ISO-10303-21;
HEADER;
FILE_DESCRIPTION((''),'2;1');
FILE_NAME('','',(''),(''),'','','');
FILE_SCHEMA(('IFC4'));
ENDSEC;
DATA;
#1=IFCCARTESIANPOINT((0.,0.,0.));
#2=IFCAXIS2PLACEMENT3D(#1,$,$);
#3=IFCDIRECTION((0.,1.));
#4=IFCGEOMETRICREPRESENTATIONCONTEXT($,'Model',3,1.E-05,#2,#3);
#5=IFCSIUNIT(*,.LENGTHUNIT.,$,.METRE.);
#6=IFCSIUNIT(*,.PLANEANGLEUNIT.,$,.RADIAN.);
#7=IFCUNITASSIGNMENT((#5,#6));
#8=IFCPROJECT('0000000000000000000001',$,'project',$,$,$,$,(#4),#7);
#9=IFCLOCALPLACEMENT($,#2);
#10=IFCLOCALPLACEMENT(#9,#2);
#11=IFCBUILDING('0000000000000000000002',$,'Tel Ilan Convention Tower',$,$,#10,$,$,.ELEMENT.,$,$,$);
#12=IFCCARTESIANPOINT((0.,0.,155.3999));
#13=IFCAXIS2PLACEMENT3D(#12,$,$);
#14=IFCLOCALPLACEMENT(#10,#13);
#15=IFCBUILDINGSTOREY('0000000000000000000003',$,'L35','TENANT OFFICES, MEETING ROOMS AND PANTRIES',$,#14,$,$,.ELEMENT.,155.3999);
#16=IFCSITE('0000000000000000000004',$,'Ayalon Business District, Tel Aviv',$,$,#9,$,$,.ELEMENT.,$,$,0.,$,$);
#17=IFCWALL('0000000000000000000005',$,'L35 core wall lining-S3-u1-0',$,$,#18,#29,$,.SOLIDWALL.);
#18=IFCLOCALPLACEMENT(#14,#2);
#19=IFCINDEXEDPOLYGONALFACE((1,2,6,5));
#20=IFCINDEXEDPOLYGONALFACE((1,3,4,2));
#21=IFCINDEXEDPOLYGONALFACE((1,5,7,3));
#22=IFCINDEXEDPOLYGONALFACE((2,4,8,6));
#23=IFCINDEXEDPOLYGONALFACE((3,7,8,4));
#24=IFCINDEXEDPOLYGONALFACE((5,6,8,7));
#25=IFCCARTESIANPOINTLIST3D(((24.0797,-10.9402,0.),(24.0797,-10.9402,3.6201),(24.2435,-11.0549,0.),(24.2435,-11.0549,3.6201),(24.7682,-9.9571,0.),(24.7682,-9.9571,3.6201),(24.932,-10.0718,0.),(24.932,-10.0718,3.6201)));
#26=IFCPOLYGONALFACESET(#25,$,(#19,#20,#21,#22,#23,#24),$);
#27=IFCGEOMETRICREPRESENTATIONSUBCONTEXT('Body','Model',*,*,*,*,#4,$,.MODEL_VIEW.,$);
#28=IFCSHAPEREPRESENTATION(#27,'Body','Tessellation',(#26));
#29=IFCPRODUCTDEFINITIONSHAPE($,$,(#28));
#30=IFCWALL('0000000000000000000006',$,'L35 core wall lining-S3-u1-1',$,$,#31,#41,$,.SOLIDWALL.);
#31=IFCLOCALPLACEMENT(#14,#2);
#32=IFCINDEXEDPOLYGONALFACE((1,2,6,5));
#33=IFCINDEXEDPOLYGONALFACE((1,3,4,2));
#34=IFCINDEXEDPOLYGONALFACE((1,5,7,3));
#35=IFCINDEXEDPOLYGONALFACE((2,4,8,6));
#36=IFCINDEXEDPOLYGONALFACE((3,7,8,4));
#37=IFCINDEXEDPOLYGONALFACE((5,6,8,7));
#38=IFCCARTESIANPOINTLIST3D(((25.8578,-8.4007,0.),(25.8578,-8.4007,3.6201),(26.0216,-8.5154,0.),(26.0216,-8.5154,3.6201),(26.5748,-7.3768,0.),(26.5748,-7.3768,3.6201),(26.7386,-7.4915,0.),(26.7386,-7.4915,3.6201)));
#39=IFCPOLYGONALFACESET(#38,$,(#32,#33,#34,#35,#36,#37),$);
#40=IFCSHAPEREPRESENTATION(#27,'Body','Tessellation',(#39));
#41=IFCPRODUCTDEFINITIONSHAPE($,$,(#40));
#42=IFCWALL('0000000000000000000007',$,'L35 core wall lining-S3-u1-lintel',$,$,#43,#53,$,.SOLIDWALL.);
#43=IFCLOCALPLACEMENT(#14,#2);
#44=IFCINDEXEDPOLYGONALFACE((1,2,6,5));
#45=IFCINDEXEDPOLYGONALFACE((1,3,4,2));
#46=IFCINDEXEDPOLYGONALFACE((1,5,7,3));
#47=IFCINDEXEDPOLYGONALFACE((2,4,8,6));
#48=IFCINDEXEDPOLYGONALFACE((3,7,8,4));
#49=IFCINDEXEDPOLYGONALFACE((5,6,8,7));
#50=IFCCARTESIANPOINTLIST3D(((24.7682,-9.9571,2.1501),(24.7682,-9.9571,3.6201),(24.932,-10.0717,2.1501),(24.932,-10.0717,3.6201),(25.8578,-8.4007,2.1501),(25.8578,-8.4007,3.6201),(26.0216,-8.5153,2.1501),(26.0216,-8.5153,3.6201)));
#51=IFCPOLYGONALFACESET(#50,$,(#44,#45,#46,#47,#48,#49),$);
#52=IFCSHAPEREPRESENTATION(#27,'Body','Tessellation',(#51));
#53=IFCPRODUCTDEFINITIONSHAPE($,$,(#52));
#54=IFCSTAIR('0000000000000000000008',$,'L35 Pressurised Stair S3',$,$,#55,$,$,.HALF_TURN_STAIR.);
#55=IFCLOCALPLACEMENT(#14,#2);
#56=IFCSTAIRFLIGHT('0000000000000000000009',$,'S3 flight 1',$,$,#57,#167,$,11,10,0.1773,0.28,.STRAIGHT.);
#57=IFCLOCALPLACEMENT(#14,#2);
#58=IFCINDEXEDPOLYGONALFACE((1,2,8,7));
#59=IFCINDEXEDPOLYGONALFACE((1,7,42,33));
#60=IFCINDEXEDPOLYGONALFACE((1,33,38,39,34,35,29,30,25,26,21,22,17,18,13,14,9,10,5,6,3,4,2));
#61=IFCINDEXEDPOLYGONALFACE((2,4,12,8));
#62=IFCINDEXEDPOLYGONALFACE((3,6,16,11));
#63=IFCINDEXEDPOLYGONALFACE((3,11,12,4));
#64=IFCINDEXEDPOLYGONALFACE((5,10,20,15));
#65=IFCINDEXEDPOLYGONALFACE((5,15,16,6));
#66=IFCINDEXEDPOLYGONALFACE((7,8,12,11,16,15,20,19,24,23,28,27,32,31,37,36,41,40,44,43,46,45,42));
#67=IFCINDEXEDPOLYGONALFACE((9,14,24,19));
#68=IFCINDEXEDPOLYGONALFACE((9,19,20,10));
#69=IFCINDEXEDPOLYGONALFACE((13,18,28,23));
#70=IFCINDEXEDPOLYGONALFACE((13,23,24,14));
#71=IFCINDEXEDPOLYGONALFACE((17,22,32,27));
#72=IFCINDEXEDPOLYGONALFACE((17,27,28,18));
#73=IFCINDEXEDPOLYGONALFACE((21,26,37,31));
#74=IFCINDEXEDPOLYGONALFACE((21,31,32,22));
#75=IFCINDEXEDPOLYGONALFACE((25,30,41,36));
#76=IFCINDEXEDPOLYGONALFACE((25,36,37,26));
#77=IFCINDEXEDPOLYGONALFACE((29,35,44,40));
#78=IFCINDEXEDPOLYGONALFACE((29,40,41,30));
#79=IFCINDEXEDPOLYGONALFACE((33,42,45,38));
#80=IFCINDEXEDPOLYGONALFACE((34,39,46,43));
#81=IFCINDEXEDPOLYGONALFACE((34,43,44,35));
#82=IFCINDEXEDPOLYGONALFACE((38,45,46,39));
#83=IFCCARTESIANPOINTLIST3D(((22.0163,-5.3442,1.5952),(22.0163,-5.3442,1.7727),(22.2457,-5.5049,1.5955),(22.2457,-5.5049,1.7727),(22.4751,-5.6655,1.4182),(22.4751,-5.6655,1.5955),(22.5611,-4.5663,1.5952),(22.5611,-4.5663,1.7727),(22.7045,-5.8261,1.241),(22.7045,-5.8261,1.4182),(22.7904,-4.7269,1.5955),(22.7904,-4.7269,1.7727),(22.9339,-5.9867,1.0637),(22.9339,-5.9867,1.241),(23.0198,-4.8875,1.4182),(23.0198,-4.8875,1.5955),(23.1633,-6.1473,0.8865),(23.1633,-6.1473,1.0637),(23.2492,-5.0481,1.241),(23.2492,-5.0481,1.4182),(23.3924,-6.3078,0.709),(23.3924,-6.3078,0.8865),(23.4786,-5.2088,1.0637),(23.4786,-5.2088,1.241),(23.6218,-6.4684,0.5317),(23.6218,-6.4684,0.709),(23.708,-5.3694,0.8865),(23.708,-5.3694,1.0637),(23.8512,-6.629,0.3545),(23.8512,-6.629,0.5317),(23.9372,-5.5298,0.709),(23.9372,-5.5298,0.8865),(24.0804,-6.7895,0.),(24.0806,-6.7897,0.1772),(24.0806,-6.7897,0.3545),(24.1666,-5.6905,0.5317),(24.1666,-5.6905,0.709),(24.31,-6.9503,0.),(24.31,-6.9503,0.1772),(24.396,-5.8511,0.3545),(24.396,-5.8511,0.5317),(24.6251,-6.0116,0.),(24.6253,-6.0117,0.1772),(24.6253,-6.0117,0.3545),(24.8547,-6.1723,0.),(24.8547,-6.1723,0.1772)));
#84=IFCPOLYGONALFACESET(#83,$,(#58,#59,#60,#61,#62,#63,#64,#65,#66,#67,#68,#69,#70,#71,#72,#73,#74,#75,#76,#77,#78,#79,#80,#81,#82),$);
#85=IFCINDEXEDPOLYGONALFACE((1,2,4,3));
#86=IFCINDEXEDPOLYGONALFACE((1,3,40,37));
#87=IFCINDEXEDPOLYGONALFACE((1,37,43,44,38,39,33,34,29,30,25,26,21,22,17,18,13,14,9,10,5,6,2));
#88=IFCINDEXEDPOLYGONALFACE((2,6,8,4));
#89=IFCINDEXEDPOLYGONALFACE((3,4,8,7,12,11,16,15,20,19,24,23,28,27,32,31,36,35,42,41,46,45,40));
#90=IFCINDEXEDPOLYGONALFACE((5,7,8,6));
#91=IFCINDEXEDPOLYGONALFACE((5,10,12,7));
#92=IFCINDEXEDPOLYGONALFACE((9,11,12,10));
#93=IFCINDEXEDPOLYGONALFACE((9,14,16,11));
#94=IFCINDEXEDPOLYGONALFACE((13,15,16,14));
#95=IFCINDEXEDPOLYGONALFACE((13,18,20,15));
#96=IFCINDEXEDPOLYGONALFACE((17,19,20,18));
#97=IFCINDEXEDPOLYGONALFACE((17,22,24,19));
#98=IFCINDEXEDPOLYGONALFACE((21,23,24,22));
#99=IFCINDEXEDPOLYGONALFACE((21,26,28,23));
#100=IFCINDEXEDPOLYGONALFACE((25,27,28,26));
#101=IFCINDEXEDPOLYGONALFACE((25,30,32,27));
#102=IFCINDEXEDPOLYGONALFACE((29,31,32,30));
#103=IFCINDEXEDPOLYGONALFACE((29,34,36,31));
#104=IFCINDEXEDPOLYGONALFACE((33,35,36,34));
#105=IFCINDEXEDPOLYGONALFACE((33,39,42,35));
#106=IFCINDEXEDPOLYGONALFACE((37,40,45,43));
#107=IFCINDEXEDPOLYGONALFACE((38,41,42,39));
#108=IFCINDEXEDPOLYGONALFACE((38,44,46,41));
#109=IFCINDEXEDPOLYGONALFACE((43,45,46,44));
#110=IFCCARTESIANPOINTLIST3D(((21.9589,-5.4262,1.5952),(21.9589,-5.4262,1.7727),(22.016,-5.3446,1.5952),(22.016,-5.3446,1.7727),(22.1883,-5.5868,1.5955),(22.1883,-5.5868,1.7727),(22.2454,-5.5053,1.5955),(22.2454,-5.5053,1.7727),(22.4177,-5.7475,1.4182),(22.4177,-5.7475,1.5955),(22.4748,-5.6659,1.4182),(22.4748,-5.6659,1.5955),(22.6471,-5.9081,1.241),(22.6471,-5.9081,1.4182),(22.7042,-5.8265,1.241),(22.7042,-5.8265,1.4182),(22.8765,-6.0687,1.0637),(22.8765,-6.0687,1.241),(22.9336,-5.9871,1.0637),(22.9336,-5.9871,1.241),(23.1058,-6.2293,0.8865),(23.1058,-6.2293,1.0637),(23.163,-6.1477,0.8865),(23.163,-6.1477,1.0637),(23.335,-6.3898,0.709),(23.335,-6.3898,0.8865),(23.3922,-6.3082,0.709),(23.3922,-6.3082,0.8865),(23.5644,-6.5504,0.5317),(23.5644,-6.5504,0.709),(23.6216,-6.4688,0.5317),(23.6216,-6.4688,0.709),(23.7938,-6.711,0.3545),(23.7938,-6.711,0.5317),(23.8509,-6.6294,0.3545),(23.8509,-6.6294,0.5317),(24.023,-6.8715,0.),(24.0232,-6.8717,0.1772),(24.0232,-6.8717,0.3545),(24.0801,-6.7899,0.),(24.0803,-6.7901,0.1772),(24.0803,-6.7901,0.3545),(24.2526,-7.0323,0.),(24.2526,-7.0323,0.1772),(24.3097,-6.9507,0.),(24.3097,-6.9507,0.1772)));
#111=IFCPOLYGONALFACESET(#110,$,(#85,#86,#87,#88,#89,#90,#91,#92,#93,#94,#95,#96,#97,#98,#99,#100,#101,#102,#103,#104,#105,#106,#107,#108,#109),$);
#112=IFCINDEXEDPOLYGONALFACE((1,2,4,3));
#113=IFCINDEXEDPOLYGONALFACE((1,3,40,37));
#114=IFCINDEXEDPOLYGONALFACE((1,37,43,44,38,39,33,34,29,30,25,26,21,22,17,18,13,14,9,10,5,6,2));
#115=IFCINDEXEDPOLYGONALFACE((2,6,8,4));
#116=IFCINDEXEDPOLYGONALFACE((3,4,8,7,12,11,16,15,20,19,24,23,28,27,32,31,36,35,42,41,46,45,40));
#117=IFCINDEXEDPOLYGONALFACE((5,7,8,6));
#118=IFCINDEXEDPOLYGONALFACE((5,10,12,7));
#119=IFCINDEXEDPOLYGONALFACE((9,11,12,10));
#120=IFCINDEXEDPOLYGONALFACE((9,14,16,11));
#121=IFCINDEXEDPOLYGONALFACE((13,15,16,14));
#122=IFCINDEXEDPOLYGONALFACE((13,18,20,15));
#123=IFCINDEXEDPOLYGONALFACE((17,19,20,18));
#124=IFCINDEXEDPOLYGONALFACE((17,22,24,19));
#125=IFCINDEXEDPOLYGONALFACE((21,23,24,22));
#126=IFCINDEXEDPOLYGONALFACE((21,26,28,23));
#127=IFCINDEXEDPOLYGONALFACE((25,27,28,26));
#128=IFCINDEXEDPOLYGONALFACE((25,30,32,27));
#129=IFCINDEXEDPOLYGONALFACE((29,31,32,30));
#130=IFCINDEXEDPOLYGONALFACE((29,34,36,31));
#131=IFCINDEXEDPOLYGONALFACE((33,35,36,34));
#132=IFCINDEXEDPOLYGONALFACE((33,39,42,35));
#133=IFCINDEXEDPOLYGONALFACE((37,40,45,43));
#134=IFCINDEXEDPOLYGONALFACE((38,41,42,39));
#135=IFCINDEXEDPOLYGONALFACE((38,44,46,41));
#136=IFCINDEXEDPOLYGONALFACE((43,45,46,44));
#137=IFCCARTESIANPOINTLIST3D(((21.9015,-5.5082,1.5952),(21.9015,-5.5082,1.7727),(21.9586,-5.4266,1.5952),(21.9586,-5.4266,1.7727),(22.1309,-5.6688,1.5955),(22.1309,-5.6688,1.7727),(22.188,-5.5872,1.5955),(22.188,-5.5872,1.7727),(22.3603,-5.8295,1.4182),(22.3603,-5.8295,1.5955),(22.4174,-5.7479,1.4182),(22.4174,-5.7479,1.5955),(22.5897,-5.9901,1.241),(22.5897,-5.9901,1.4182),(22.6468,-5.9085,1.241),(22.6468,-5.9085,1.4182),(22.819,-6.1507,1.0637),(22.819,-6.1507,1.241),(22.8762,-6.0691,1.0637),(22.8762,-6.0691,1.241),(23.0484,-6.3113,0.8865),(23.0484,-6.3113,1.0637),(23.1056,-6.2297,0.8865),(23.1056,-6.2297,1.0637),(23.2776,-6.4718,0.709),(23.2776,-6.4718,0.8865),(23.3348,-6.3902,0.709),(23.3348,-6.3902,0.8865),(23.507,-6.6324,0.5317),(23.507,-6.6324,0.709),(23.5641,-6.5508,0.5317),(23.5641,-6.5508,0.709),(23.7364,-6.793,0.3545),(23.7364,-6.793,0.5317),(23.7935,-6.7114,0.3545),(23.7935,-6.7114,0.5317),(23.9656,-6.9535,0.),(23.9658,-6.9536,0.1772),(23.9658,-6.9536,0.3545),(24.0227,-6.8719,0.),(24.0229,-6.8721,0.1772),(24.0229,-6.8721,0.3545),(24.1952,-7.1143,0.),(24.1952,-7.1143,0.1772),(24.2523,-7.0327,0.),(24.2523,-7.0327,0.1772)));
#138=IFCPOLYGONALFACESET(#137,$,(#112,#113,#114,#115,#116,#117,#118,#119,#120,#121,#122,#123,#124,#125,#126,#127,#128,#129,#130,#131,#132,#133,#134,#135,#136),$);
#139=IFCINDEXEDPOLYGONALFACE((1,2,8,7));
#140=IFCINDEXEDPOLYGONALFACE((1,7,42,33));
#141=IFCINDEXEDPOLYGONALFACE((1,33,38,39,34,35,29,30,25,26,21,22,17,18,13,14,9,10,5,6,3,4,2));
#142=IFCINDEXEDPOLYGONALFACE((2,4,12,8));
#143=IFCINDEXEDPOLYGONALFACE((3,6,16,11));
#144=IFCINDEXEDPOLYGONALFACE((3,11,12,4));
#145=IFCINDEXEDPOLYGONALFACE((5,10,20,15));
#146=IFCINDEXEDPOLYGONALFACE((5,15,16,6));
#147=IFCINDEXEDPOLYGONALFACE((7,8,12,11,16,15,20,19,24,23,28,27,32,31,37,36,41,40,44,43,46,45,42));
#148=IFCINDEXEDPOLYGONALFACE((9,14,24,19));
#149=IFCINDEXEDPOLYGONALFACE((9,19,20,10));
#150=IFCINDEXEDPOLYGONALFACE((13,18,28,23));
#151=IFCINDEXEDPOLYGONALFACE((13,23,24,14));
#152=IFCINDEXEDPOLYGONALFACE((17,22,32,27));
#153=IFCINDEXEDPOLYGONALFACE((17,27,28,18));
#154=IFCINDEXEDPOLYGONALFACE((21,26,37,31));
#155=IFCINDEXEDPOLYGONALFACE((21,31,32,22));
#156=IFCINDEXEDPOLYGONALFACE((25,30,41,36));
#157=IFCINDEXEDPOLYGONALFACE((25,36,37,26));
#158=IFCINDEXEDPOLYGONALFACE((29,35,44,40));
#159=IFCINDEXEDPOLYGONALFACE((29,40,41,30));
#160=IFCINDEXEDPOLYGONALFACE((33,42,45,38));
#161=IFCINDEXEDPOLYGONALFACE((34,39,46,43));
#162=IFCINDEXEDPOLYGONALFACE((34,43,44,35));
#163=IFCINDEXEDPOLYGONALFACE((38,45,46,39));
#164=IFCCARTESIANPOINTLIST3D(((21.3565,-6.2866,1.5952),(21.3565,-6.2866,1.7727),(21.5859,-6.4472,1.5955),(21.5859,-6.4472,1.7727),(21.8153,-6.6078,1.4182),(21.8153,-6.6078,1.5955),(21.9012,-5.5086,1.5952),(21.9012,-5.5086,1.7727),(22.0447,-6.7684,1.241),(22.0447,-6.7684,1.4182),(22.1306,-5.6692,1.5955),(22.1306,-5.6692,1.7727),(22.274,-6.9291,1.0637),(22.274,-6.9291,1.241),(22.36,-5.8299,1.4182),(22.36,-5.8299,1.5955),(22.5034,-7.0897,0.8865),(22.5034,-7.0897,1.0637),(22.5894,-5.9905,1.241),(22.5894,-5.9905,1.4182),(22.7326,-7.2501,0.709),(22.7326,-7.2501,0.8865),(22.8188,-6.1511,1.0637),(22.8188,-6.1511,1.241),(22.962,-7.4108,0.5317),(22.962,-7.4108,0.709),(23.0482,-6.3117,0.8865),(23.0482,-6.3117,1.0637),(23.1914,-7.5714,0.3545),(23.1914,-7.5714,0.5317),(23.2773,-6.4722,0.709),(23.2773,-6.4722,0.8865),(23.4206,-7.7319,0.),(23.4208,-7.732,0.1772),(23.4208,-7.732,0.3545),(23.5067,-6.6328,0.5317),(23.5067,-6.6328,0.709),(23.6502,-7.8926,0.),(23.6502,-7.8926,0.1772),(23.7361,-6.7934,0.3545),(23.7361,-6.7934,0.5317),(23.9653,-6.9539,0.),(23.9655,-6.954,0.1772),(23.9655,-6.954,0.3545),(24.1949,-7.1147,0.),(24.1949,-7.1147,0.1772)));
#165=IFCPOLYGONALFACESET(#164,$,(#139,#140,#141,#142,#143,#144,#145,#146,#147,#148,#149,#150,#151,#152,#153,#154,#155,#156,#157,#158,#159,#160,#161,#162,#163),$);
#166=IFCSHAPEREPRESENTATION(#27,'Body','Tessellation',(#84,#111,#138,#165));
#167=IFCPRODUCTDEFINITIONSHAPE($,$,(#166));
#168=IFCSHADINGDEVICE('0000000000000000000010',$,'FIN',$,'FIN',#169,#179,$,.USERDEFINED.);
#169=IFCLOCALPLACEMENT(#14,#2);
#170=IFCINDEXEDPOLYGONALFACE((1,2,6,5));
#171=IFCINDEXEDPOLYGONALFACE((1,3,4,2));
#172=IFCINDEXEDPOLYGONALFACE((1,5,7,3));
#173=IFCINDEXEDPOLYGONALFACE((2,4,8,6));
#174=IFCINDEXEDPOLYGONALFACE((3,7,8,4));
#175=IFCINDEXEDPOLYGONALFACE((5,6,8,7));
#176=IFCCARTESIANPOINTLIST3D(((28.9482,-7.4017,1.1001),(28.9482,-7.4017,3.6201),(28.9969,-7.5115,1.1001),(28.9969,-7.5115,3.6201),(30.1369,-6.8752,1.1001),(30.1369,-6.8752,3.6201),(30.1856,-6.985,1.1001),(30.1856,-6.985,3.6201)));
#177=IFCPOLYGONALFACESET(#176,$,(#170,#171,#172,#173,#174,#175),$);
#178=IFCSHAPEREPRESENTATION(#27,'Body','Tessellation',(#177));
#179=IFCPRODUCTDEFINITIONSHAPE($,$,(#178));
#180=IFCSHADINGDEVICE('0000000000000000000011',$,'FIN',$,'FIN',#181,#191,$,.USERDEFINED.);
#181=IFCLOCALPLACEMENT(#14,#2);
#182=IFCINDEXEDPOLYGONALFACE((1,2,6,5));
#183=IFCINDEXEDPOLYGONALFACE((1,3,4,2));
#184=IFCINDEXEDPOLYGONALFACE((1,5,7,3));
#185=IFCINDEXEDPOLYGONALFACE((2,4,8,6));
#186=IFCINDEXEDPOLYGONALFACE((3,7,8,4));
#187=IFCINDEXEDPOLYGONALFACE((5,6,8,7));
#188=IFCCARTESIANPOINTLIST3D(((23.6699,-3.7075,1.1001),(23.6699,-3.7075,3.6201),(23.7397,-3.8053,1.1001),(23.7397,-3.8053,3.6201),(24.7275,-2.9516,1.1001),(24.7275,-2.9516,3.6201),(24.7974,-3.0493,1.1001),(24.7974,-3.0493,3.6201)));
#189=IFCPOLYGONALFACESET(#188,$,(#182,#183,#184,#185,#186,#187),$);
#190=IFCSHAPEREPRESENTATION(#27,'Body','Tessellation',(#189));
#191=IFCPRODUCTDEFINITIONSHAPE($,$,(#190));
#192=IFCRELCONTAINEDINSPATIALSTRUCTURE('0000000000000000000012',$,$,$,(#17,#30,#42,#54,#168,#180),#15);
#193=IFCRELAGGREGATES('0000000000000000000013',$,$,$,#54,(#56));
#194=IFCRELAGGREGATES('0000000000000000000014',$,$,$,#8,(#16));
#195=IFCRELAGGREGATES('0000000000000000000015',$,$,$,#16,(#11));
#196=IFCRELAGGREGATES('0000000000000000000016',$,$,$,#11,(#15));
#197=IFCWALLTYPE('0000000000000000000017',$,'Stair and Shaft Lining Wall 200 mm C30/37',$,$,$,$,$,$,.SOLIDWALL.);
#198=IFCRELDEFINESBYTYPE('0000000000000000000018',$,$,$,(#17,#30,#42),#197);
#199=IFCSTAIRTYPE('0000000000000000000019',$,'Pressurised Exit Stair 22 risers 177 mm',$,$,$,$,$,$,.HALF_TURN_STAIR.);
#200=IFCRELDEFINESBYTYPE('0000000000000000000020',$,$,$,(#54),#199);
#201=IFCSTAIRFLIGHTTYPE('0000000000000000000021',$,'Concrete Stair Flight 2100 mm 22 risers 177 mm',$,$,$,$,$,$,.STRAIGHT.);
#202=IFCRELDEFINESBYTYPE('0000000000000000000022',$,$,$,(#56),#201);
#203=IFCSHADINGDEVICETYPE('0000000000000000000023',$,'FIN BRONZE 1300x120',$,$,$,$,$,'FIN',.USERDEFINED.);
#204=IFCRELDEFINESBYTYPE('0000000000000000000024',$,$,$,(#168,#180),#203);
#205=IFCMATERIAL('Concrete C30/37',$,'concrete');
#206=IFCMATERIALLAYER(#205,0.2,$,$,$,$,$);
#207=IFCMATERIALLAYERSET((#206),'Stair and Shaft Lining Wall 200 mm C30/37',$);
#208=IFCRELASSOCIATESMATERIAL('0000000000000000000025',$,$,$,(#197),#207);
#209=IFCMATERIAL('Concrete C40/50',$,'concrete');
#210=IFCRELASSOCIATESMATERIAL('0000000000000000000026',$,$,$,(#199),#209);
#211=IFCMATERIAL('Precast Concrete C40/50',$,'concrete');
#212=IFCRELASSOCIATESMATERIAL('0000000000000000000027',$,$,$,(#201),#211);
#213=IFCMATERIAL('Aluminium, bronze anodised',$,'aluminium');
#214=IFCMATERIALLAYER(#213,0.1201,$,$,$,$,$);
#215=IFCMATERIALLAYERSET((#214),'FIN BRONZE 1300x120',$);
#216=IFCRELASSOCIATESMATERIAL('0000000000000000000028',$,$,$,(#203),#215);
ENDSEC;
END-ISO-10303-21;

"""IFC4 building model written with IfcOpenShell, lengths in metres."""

from ifc_helpers import new_model, si_unit, direction, frame, frame_2d, origin, origin_2d, place, context, subcontext, project, spatial, polyline, rectangle, outline, extrude, material, layer, layer_set, type_object, element, aggregate, save


model = new_model("IFC4")

# Units and contexts
model_context = context("Model", 3, precision=1e-05, world=origin(), true_north=direction((0.0, 1.0)))
body_context = subcontext(model_context, "Body", "Model", "MODEL_VIEW")
ifc_project = project(units=[si_unit("LENGTHUNIT", "METRE"), si_unit("PLANEANGLEUNIT", "RADIAN")], contexts=[model_context])

# Site, building, storey
site_placement = place(None, origin())
site = spatial("IfcSite", under=ifc_project, at=site_placement, Name="Ayalon Business District, Tel Aviv", CompositionType="ELEMENT", RefElevation=0.0)
building_placement = place(site_placement, origin())
building = spatial("IfcBuilding", under=site, at=building_placement, Name="Tel Ilan Convention Tower", CompositionType="ELEMENT")
storey_placement = place(building_placement, frame((0.0, 0.0, 155.3999)))
storey = spatial("IfcBuildingStorey", under=building, at=storey_placement, Name="L35", Description="TENANT OFFICES, MEETING ROOMS AND PANTRIES", CompositionType="ELEMENT", Elevation=155.3999)

# Walls
ifc_material_1 = material(Name="Concrete C30/37", Category="concrete")
ifc_layer_1 = layer(ifc_material_1, 0.2)
ifc_layer_set_1 = layer_set([ifc_layer_1], Name="Stair and Shaft Lining Wall 200 mm C30/37")
wall_type_1 = type_object("IfcWallType", Name="Stair and Shaft Lining Wall 200 mm C30/37", PredefinedType="SOLIDWALL", material=ifc_layer_set_1)
wall_1_placement = place(storey_placement, frame((24.1616, -10.9976, 0.0), z_axis=(0.0, 0.0, 1.0), x_axis=(0.573613, 0.819127, 0.0)))
element("IfcWall", 1, at=wall_1_placement, inside=storey, type_object=wall_type_1, Name="L35 core wall lining-S3-u1-0", PredefinedType="SOLIDWALL", context=body_context, shape_type="SweptSolid", body=[
    extrude(rectangle(XDim=1.2002, YDim=0.2, at=frame_2d((0.6001, 0.0))), origin(), (0.0, 0.0, 1.0), 3.6201),
])
wall_2_placement = place(storey_placement, frame((25.9397, -8.458, 0.0), z_axis=(0.0, 0.0, 1.0), x_axis=(0.57362, 0.819122, 0.0)))
element("IfcWall", 2, at=wall_2_placement, inside=storey, type_object=wall_type_1, Name="L35 core wall lining-S3-u1-1", PredefinedType="SOLIDWALL", context=body_context, shape_type="SweptSolid", body=[
    extrude(rectangle(XDim=1.25, YDim=0.2, at=frame_2d((0.625, 0.0))), origin(), (0.0, 0.0, 1.0), 3.6201),
])
wall_3_placement = place(storey_placement, frame((24.8501, -10.0144, 2.1501), z_axis=(0.0, 0.0, 1.0), x_axis=(0.573505, 0.819202, 0.0)))
element("IfcWall", 3, at=wall_3_placement, inside=storey, type_object=wall_type_1, Name="L35 core wall lining-S3-u1-lintel", PredefinedType="SOLIDWALL", context=body_context, shape_type="SweptSolid", body=[
    extrude(rectangle(XDim=1.8999, YDim=0.2, at=frame_2d((0.95, 0.0))), origin(), (0.0, 0.0, 1.0), 1.47),
])

# Stair, stair flight
ifc_material_2 = material(Name="Concrete C40/50", Category="concrete")
stair_type = type_object("IfcStairType", Name="Pressurised Exit Stair 22 risers 177 mm", PredefinedType="HALF_TURN_STAIR", material=ifc_material_2)
stair_placement = place(storey_placement, origin())
stair = element("IfcStair", 4, at=stair_placement, inside=storey, type_object=stair_type, Name="L35 Pressurised Stair S3", PredefinedType="HALF_TURN_STAIR")
ifc_material_3 = material(Name="Precast Concrete C40/50", Category="concrete")
stair_flight_type = type_object("IfcStairFlightType", Name="Concrete Stair Flight 2100 mm 22 risers 177 mm", PredefinedType="STRAIGHT", material=ifc_material_3)
stair_flight_placement = place(storey_placement, frame((24.2524, -7.0325, 0.0), z_axis=(0.0, 0.0, 1.0), x_axis=(-0.819152, 0.573576, 0.0)))
stair_flight = element("IfcStairFlight", 5, at=stair_flight_placement, type_object=stair_flight_type, Name="S3 flight 1", NumberOfRisers=11, NumberOfTreads=10, PredefinedType="STRAIGHT", RiserHeight=0.1773, TreadLength=0.28, context=body_context, shape_type="SweptSolid", body=[
    extrude(outline(polyline([(0.0, 0.0), (0.0, 0.1772), (0.28, 0.1772), (0.28, 0.3545), (0.5601, 0.3545), (0.5601, 0.5317), (0.8401, 0.5317), (0.8401, 0.709), (1.1201, 0.709), (1.1201, 0.8865), (1.3999, 0.8865), (1.3999, 1.0637), (1.6799, 1.0637), (1.6799, 1.241), (1.96, 1.241), (1.96, 1.4182), (2.24, 1.4182), (2.24, 1.5955), (2.52, 1.5955), (2.52, 1.7727), (2.8, 1.7727), (2.8, 1.95), (2.8, 1.5952), (0.2803, 0.0), (0.0, 0.0)])), frame((0.0, -0.1003, 0.0), z_axis=(0.0, -1.0, 0.0), x_axis=(1.0, 0.0, 0.0)), (0.0, 0.0, 1.0), 0.9497),
    extrude(outline(polyline([(0.0, 0.0), (0.0, 0.1772), (0.28, 0.1772), (0.28, 0.3545), (0.5601, 0.3545), (0.5601, 0.5317), (0.8401, 0.5317), (0.8401, 0.709), (1.1201, 0.709), (1.1201, 0.8865), (1.3999, 0.8865), (1.3999, 1.0637), (1.6799, 1.0637), (1.6799, 1.241), (1.96, 1.241), (1.96, 1.4182), (2.24, 1.4182), (2.24, 1.5955), (2.52, 1.5955), (2.52, 1.7727), (2.8, 1.7727), (2.8, 1.95), (2.8, 1.5952), (0.2803, 0.0), (0.0, 0.0)])), frame((0.0, -0.0002, 0.0), z_axis=(0.0, -1.0, 0.0), x_axis=(1.0, 0.0, 0.0)), (0.0, 0.0, 1.0), 0.0996),
    extrude(outline(polyline([(0.0, 0.0), (0.0, 0.1772), (0.28, 0.1772), (0.28, 0.3545), (0.5601, 0.3545), (0.5601, 0.5317), (0.8401, 0.5317), (0.8401, 0.709), (1.1201, 0.709), (1.1201, 0.8865), (1.3999, 0.8865), (1.3999, 1.0637), (1.6799, 1.0637), (1.6799, 1.241), (1.96, 1.241), (1.96, 1.4182), (2.24, 1.4182), (2.24, 1.5955), (2.52, 1.5955), (2.52, 1.7727), (2.8, 1.7727), (2.8, 1.95), (2.8, 1.5952), (0.2803, 0.0), (0.0, 0.0)])), frame((0.0, 0.0999, 0.0), z_axis=(0.0, -1.0, 0.0), x_axis=(1.0, 0.0, 0.0)), (0.0, 0.0, 1.0), 0.0996),
    extrude(outline(polyline([(0.0, 0.0), (0.0, 0.1772), (0.28, 0.1772), (0.28, 0.3545), (0.5601, 0.3545), (0.5601, 0.5317), (0.8401, 0.5317), (0.8401, 0.709), (1.1201, 0.709), (1.1201, 0.8865), (1.3999, 0.8865), (1.3999, 1.0637), (1.6799, 1.0637), (1.6799, 1.241), (1.96, 1.241), (1.96, 1.4182), (2.24, 1.4182), (2.24, 1.5955), (2.52, 1.5955), (2.52, 1.7727), (2.8, 1.7727), (2.8, 1.95), (2.8, 1.5952), (0.2803, 0.0), (0.0, 0.0)])), frame((0.0, 1.05, 0.0), z_axis=(0.0, -1.0, 0.0), x_axis=(1.0, 0.0, 0.0)), (0.0, 0.0, 1.0), 0.9497),
])
aggregate(stair, [stair_flight])

# Shading devices
ifc_material_4 = material(Name="Aluminium, bronze anodised", Category="aluminium")
ifc_layer_2 = layer(ifc_material_4, 0.1201)
ifc_layer_set_2 = layer_set([ifc_layer_2], Name="FIN BRONZE 1300x120")
shading_device_type = type_object("IfcShadingDeviceType", Name="FIN BRONZE 1300x120", ElementType="FIN", PredefinedType="USERDEFINED", material=ifc_layer_set_2)
for number, where, z_axis, x_axis, name in (
    (6, (29.5669, -7.1934, 1.1001), (0.0, 0.0, 1.0), (0.914333, 0.404964, 0.0), "FIN"),
    (7, (24.2336, -3.3784, 1.1001), (0.0, 0.0, 1.0), (0.813552, 0.581492, 0.0), "FIN"),
):
    element("IfcShadingDevice", number, at=place(storey_placement, frame(where, z_axis=z_axis, x_axis=x_axis)), inside=storey, type_object=shading_device_type, Name=name, ObjectType="FIN", PredefinedType="USERDEFINED", context=body_context, shape_type="SweptSolid", body=[
        extrude(rectangle(XDim=1.3, YDim=0.1201, at=origin_2d()), origin(), (0.0, 0.0, 1.0), 2.52),
    ])

save(model, "model.ifc")
